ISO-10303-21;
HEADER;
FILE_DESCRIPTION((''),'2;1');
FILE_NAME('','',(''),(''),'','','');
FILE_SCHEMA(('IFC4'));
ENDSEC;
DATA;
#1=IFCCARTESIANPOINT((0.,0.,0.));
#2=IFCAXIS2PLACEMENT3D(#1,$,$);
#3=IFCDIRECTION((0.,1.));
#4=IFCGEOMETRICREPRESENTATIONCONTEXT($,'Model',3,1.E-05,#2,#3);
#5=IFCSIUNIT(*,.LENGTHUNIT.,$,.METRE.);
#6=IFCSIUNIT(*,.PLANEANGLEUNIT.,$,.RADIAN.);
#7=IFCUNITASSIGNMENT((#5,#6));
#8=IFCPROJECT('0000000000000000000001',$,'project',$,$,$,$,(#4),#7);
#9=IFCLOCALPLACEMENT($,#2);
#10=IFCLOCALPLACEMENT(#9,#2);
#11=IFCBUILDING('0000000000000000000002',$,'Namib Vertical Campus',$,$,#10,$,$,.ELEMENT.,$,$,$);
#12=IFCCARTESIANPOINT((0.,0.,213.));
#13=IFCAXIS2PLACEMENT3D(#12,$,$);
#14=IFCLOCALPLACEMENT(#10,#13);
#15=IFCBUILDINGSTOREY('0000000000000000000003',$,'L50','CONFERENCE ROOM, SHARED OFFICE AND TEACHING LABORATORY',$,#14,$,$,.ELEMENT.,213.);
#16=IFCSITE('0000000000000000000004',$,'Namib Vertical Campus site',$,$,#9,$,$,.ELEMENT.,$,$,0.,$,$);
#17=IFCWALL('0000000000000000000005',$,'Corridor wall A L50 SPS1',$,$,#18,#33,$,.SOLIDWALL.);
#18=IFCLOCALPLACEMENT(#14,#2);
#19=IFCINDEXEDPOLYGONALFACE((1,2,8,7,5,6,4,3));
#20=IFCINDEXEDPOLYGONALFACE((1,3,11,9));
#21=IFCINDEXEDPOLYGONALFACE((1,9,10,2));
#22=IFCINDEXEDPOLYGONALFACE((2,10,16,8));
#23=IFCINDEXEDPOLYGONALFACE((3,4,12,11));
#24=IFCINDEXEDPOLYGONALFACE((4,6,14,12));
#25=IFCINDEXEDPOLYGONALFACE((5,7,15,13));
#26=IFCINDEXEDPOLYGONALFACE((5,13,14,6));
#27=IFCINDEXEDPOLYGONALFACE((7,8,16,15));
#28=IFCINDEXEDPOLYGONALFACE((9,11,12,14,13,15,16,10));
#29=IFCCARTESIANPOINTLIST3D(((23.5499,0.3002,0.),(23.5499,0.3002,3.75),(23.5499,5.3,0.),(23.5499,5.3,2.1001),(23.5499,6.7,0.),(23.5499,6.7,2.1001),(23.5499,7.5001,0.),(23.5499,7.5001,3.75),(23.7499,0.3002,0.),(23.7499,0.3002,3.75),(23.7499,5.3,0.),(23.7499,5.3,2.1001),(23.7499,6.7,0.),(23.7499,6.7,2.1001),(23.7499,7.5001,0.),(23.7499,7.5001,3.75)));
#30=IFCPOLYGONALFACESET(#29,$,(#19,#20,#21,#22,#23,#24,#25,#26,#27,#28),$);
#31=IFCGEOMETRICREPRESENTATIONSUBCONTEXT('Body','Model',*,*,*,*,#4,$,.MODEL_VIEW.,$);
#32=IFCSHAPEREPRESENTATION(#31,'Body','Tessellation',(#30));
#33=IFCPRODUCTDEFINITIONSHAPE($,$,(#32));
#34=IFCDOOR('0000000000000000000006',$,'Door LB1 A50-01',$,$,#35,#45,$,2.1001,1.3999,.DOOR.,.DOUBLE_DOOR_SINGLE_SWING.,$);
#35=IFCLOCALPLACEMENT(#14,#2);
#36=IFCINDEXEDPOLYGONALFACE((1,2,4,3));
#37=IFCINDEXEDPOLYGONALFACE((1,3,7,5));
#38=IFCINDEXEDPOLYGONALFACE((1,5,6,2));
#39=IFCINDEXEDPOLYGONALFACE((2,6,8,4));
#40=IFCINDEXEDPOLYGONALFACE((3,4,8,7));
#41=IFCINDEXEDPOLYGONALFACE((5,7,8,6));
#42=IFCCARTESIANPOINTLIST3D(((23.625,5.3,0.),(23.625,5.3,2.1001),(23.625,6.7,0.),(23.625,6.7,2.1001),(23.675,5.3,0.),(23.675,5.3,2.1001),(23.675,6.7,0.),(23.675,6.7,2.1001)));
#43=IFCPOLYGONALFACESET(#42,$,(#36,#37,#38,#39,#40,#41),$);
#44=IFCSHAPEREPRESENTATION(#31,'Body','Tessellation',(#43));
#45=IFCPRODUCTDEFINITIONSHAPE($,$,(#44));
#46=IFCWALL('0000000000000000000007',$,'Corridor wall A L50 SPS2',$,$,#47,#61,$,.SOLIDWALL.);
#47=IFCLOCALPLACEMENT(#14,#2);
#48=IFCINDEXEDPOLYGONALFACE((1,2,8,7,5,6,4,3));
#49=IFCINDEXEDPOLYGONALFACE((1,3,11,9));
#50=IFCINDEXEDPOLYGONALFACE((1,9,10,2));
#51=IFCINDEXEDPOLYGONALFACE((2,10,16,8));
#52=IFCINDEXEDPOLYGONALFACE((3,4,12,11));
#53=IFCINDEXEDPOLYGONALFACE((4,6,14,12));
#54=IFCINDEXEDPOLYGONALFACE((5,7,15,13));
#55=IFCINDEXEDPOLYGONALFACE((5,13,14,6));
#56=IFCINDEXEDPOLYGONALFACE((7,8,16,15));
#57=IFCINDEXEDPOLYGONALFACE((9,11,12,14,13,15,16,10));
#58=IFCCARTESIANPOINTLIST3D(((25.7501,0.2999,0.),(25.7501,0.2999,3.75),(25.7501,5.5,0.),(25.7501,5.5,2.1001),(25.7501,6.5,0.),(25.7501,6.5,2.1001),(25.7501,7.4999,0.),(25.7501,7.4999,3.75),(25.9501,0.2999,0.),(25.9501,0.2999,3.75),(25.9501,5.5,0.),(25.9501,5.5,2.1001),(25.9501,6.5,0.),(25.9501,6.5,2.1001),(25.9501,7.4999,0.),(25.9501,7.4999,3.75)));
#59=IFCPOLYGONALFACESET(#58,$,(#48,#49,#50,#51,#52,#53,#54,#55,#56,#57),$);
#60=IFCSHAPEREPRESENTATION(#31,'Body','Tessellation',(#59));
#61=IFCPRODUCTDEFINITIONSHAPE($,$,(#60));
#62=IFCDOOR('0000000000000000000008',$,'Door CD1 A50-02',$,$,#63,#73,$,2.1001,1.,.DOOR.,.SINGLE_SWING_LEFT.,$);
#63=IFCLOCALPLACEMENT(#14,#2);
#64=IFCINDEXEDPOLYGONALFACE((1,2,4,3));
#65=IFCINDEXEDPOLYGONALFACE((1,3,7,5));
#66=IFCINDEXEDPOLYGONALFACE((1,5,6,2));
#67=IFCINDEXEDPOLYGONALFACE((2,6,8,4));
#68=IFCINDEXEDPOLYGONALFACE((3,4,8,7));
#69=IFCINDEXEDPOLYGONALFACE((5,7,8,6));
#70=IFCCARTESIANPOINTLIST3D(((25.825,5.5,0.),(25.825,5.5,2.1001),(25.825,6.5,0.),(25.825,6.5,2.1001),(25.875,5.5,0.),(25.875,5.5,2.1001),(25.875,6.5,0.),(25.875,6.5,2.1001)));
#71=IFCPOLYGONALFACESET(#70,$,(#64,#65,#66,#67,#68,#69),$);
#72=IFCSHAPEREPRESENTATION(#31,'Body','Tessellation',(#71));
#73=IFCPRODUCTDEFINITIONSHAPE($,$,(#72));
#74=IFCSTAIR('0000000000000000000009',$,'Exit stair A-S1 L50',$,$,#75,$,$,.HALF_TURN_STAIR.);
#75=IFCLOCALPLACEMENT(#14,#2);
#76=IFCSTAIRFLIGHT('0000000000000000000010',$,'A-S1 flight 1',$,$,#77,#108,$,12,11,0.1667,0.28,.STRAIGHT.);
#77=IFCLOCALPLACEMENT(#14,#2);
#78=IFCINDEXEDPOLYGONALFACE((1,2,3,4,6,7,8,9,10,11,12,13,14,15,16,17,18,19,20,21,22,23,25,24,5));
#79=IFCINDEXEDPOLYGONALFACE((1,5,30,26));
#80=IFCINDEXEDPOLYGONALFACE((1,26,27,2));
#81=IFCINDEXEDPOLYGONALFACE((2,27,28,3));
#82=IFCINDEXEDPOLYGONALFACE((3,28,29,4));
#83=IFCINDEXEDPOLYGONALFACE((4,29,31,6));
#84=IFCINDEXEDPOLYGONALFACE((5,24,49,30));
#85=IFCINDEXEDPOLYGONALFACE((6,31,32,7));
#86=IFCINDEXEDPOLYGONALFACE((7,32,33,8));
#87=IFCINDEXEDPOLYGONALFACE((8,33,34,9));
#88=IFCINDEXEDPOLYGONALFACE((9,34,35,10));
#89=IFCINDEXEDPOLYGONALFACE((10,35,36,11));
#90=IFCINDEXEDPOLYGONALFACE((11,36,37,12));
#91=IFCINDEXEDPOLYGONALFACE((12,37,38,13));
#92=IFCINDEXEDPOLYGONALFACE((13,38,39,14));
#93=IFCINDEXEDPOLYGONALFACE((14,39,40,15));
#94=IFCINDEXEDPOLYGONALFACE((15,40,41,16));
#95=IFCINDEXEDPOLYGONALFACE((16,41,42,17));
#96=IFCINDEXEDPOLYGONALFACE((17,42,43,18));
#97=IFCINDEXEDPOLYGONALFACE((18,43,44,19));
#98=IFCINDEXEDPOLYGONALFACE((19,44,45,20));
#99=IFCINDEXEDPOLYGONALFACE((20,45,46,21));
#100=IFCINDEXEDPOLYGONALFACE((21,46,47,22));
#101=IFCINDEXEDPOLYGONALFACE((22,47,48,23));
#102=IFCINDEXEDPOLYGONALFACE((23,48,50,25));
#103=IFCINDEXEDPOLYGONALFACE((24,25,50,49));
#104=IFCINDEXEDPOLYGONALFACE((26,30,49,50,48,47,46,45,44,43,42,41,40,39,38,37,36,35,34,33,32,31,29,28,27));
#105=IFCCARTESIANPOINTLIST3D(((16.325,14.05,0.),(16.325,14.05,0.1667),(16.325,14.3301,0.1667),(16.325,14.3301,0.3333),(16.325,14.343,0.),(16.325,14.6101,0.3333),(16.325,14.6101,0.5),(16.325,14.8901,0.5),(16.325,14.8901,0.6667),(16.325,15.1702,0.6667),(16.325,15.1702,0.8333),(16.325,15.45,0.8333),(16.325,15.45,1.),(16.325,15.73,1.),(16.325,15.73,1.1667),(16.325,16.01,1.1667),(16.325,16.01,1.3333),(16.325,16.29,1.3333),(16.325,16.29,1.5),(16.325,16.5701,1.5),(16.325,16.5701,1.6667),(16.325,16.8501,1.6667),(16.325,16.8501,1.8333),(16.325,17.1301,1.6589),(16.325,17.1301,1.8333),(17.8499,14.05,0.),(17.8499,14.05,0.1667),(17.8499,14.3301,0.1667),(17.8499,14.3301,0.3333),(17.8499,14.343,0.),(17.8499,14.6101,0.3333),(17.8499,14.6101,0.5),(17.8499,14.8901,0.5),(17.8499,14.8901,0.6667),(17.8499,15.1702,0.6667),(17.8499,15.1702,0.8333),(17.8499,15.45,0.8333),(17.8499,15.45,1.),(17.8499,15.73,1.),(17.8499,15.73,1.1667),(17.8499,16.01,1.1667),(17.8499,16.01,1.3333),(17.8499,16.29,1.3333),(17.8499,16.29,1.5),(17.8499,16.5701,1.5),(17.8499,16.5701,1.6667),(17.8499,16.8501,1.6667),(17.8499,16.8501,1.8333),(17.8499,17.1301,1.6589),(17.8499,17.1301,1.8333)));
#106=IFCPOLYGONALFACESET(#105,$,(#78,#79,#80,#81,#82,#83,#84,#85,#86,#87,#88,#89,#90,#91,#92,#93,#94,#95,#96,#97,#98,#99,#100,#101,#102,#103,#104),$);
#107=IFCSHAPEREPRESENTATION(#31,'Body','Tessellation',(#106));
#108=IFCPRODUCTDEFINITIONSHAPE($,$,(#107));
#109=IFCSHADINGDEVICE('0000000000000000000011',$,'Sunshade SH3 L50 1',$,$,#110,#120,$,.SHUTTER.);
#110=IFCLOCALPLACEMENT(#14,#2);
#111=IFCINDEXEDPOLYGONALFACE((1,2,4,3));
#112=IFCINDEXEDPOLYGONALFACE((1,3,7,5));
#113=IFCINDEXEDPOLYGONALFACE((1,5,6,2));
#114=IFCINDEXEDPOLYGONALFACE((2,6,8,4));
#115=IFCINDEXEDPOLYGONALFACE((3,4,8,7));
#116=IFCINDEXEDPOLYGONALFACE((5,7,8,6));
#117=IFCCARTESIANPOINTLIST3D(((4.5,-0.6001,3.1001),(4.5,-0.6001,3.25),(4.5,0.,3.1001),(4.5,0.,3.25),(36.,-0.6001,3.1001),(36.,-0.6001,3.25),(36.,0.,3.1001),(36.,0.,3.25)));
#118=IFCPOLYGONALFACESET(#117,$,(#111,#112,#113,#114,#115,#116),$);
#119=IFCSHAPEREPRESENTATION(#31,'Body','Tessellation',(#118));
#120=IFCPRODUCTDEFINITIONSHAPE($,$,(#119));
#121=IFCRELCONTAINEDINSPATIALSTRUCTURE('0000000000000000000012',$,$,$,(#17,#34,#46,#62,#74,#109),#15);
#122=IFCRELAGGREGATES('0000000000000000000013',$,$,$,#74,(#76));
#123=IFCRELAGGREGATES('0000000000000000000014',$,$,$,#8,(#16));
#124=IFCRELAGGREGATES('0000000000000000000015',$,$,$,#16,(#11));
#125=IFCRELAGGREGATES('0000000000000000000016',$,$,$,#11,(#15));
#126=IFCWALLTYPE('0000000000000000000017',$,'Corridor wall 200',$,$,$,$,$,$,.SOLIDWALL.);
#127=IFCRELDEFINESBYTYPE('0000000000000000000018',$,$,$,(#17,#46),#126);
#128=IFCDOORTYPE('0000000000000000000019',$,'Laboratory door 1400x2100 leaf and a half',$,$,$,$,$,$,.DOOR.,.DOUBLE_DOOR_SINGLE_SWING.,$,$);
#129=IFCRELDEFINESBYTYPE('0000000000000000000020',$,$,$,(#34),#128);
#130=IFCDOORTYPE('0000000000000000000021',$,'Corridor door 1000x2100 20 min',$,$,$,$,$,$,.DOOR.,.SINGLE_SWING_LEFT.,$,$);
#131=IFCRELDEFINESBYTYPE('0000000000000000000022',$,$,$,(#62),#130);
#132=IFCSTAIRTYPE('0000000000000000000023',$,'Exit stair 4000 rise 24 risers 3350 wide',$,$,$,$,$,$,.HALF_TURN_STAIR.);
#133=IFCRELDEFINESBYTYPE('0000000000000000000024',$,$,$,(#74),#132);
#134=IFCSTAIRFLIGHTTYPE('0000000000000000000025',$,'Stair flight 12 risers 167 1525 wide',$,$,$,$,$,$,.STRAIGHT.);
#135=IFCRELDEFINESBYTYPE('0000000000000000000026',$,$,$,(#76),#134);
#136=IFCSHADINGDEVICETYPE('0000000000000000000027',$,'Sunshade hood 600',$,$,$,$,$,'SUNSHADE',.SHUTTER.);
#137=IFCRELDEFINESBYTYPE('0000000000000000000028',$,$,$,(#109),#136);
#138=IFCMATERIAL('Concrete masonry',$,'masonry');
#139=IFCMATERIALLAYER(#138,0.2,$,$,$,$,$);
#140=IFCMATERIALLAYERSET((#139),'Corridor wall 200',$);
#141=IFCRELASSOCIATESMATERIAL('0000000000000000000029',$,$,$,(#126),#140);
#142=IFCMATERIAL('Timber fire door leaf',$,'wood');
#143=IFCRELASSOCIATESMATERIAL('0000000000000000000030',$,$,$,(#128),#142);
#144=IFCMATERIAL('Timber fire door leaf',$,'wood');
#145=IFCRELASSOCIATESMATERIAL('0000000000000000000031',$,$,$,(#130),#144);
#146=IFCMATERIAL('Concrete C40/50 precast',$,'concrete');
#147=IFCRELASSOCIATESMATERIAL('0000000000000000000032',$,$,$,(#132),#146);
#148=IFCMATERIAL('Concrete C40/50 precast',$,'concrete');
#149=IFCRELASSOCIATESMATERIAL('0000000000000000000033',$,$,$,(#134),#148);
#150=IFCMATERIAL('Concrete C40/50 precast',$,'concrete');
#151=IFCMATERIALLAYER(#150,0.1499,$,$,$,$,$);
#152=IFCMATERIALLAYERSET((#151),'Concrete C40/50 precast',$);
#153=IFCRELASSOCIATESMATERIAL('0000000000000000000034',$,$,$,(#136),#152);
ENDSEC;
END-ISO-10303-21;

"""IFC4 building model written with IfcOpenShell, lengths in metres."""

from ifc_helpers import new_model, si_unit, direction, frame, frame_2d, origin, origin_2d, place, context, subcontext, project, spatial, polyline, rectangle, outline, extrude, material, layer, layer_set, type_object, element, fill, aggregate, save


model = new_model("IFC4")

# Units and contexts
model_context = context("Model", 3, precision=1e-05, world=origin(), true_north=direction((0.0, 1.0)))
body_context = subcontext(model_context, "Body", "Model", "MODEL_VIEW")
ifc_project = project(units=[si_unit("LENGTHUNIT", "METRE"), si_unit("PLANEANGLEUNIT", "RADIAN")], contexts=[model_context])

# Site, building, storey
site_placement = place(None, origin())
site = spatial("IfcSite", under=ifc_project, at=site_placement, Name="Namib Vertical Campus site", CompositionType="ELEMENT", RefElevation=0.0)
building_placement = place(site_placement, origin())
building = spatial("IfcBuilding", under=site, at=building_placement, Name="Namib Vertical Campus", CompositionType="ELEMENT")
storey_placement = place(building_placement, frame((0.0, 0.0, 213.0)))
storey = spatial("IfcBuildingStorey", under=building, at=storey_placement, Name="L50", Description="CONFERENCE ROOM, SHARED OFFICE AND TEACHING LABORATORY", CompositionType="ELEMENT", Elevation=213.0)

# Walls, openings, doors
ifc_material_1 = material(Name="Concrete masonry", Category="masonry")
ifc_layer_1 = layer(ifc_material_1, 0.2)
ifc_layer_set_1 = layer_set([ifc_layer_1], Name="Corridor wall 200")
wall_type_1 = type_object("IfcWallType", Name="Corridor wall 200", PredefinedType="SOLIDWALL", material=ifc_layer_set_1)
wall_1_placement = place(storey_placement, frame((23.6499, 0.3, 0.0), z_axis=(0.0, 0.0, 1.0), x_axis=(0.0, 1.0, 0.0)))
wall_1 = element("IfcWall", 1, at=wall_1_placement, inside=storey, type_object=wall_type_1, Name="Corridor wall A L50 SPS1", PredefinedType="SOLIDWALL", context=body_context, shape_type="SweptSolid", body=[
    extrude(rectangle(XDim=7.2, YDim=0.2, at=frame_2d((3.6001, 0.0))), origin(), (0.0, 0.0, 1.0), 3.75),
])
opening_1_placement = place(wall_1_placement, frame((5.0, 0.0, 0.0)))
opening_1 = element("IfcOpeningElement", 2, at=opening_1_placement, cuts=wall_1, PredefinedType="OPENING", context=body_context, shape_type="SweptSolid", body=[
    extrude(rectangle(XDim=1.3999, YDim=2.1001, at=frame_2d((0.7, 1.05))), frame((0.0, 0.1099, 0.0), z_axis=(0.0, -1.0, 0.0), x_axis=(1.0, 0.0, 0.0)), (0.0, 0.0, 1.0), 0.22),
])
ifc_material_2 = material(Name="Timber fire door leaf", Category="wood")
door_type_1 = type_object("IfcDoorType", Name="Laboratory door 1400x2100 leaf and a half", OperationType="DOUBLE_DOOR_SINGLE_SWING", PredefinedType="DOOR", material=ifc_material_2)
door_1_placement = place(opening_1_placement, origin())
door_1 = element("IfcDoor", 3, at=door_1_placement, inside=storey, type_object=door_type_1, Name="Door LB1 A50-01", OperationType="DOUBLE_DOOR_SINGLE_SWING", OverallHeight=2.1001, OverallWidth=1.3999, PredefinedType="DOOR", context=body_context, shape_type="SweptSolid", body=[
    extrude(rectangle(XDim=1.3999, YDim=2.1001, at=frame_2d((0.7, 1.05))), frame((0.0, 0.0249, 0.0), z_axis=(0.0, -1.0, 0.0), x_axis=(1.0, 0.0, 0.0)), (0.0, 0.0, 1.0), 0.05),
])
fill(opening_1, door_1)
wall_2_placement = place(storey_placement, frame((25.8501, 7.5, 0.0), z_axis=(0.0, 0.0, 1.0), x_axis=(0.0, -1.0, 0.0)))
wall_2 = element("IfcWall", 4, at=wall_2_placement, inside=storey, type_object=wall_type_1, Name="Corridor wall A L50 SPS2", PredefinedType="SOLIDWALL", context=body_context, shape_type="SweptSolid", body=[
    extrude(rectangle(XDim=7.2, YDim=0.2, at=frame_2d((3.6001, 0.0))), origin(), (0.0, 0.0, 1.0), 3.75),
])
opening_2_placement = place(wall_2_placement, frame((1.0, 0.0, 0.0)))
opening_2 = element("IfcOpeningElement", 5, at=opening_2_placement, cuts=wall_2, PredefinedType="OPENING", context=body_context, shape_type="SweptSolid", body=[
    extrude(rectangle(XDim=1.0, YDim=2.1001, at=frame_2d((0.5, 1.05))), frame((0.0, 0.1099, 0.0), z_axis=(0.0, -1.0, 0.0), x_axis=(1.0, 0.0, 0.0)), (0.0, 0.0, 1.0), 0.22),
])
ifc_material_3 = material(Name="Timber fire door leaf", Category="wood")
door_type_2 = type_object("IfcDoorType", Name="Corridor door 1000x2100 20 min", OperationType="SINGLE_SWING_LEFT", PredefinedType="DOOR", material=ifc_material_3)
door_2_placement = place(opening_2_placement, origin())
door_2 = element("IfcDoor", 6, at=door_2_placement, inside=storey, type_object=door_type_2, Name="Door CD1 A50-02", OperationType="SINGLE_SWING_LEFT", OverallHeight=2.1001, OverallWidth=1.0, PredefinedType="DOOR", context=body_context, shape_type="SweptSolid", body=[
    extrude(rectangle(XDim=1.0, YDim=2.1001, at=frame_2d((0.5, 1.05))), frame((0.0, 0.0249, 0.0), z_axis=(0.0, -1.0, 0.0), x_axis=(1.0, 0.0, 0.0)), (0.0, 0.0, 1.0), 0.05),
])
fill(opening_2, door_2)

# Stair, stair flight
ifc_material_4 = material(Name="Concrete C40/50 precast", Category="concrete")
stair_type = type_object("IfcStairType", Name="Exit stair 4000 rise 24 risers 3350 wide", PredefinedType="HALF_TURN_STAIR", material=ifc_material_4)
stair_placement = place(storey_placement, origin())
stair = element("IfcStair", 7, at=stair_placement, inside=storey, type_object=stair_type, Name="Exit stair A-S1 L50", PredefinedType="HALF_TURN_STAIR")
ifc_material_5 = material(Name="Concrete C40/50 precast", Category="concrete")
stair_flight_type = type_object("IfcStairFlightType", Name="Stair flight 12 risers 167 1525 wide", PredefinedType="STRAIGHT", material=ifc_material_5)
stair_flight_placement = place(storey_placement, frame((17.0874, 14.05, 0.0), z_axis=(0.0, 0.0, 1.0), x_axis=(0.0, 1.0, 0.0)))
stair_flight = element("IfcStairFlight", 8, at=stair_flight_placement, type_object=stair_flight_type, Name="A-S1 flight 1", NumberOfRisers=12, NumberOfTreads=11, PredefinedType="STRAIGHT", RiserHeight=0.1667, TreadLength=0.28, context=body_context, shape_type="SweptSolid", body=[
    extrude(outline(polyline([(0.0, 0.0), (0.0, 0.1667), (0.28, 0.1667), (0.28, 0.3333), (0.5601, 0.3333), (0.5601, 0.5), (0.8401, 0.5), (0.8401, 0.6667), (1.1201, 0.6667), (1.1201, 0.8333), (1.3999, 0.8333), (1.3999, 1.0), (1.6799, 1.0), (1.6799, 1.1667), (1.96, 1.1667), (1.96, 1.3333), (2.24, 1.3333), (2.24, 1.5), (2.52, 1.5), (2.52, 1.6667), (2.8, 1.6667), (2.8, 1.8333), (3.0801, 1.8333), (3.0801, 2.0), (3.0801, 1.6589), (0.293, 0.0), (0.0, 0.0)])), frame((0.0, 0.7625, 0.0), z_axis=(0.0, -1.0, 0.0), x_axis=(1.0, 0.0, 0.0)), (0.0, 0.0, 1.0), 1.5249),
])
aggregate(stair, [stair_flight])

# Shading device
ifc_material_6 = material(Name="Concrete C40/50 precast", Category="concrete")
ifc_layer_2 = layer(ifc_material_6, 0.1499)
ifc_layer_set_2 = layer_set([ifc_layer_2], Name="Concrete C40/50 precast")
shading_device_type = type_object("IfcShadingDeviceType", Name="Sunshade hood 600", ElementType="SUNSHADE", PredefinedType="SHUTTER", material=ifc_layer_set_2)
shading_device_placement = place(storey_placement, frame((20.25, -0.3, 3.1001), z_axis=(0.0, 0.0, 1.0), x_axis=(1.0, 0.0, 0.0)))
element("IfcShadingDevice", 9, at=shading_device_placement, inside=storey, type_object=shading_device_type, Name="Sunshade SH3 L50 1", PredefinedType="SHUTTER", context=body_context, shape_type="SweptSolid", body=[
    extrude(rectangle(XDim=31.5, YDim=0.6001, at=origin_2d()), origin(), (0.0, 0.0, 1.0), 0.1499),
])

save(model, "model.ifc")
